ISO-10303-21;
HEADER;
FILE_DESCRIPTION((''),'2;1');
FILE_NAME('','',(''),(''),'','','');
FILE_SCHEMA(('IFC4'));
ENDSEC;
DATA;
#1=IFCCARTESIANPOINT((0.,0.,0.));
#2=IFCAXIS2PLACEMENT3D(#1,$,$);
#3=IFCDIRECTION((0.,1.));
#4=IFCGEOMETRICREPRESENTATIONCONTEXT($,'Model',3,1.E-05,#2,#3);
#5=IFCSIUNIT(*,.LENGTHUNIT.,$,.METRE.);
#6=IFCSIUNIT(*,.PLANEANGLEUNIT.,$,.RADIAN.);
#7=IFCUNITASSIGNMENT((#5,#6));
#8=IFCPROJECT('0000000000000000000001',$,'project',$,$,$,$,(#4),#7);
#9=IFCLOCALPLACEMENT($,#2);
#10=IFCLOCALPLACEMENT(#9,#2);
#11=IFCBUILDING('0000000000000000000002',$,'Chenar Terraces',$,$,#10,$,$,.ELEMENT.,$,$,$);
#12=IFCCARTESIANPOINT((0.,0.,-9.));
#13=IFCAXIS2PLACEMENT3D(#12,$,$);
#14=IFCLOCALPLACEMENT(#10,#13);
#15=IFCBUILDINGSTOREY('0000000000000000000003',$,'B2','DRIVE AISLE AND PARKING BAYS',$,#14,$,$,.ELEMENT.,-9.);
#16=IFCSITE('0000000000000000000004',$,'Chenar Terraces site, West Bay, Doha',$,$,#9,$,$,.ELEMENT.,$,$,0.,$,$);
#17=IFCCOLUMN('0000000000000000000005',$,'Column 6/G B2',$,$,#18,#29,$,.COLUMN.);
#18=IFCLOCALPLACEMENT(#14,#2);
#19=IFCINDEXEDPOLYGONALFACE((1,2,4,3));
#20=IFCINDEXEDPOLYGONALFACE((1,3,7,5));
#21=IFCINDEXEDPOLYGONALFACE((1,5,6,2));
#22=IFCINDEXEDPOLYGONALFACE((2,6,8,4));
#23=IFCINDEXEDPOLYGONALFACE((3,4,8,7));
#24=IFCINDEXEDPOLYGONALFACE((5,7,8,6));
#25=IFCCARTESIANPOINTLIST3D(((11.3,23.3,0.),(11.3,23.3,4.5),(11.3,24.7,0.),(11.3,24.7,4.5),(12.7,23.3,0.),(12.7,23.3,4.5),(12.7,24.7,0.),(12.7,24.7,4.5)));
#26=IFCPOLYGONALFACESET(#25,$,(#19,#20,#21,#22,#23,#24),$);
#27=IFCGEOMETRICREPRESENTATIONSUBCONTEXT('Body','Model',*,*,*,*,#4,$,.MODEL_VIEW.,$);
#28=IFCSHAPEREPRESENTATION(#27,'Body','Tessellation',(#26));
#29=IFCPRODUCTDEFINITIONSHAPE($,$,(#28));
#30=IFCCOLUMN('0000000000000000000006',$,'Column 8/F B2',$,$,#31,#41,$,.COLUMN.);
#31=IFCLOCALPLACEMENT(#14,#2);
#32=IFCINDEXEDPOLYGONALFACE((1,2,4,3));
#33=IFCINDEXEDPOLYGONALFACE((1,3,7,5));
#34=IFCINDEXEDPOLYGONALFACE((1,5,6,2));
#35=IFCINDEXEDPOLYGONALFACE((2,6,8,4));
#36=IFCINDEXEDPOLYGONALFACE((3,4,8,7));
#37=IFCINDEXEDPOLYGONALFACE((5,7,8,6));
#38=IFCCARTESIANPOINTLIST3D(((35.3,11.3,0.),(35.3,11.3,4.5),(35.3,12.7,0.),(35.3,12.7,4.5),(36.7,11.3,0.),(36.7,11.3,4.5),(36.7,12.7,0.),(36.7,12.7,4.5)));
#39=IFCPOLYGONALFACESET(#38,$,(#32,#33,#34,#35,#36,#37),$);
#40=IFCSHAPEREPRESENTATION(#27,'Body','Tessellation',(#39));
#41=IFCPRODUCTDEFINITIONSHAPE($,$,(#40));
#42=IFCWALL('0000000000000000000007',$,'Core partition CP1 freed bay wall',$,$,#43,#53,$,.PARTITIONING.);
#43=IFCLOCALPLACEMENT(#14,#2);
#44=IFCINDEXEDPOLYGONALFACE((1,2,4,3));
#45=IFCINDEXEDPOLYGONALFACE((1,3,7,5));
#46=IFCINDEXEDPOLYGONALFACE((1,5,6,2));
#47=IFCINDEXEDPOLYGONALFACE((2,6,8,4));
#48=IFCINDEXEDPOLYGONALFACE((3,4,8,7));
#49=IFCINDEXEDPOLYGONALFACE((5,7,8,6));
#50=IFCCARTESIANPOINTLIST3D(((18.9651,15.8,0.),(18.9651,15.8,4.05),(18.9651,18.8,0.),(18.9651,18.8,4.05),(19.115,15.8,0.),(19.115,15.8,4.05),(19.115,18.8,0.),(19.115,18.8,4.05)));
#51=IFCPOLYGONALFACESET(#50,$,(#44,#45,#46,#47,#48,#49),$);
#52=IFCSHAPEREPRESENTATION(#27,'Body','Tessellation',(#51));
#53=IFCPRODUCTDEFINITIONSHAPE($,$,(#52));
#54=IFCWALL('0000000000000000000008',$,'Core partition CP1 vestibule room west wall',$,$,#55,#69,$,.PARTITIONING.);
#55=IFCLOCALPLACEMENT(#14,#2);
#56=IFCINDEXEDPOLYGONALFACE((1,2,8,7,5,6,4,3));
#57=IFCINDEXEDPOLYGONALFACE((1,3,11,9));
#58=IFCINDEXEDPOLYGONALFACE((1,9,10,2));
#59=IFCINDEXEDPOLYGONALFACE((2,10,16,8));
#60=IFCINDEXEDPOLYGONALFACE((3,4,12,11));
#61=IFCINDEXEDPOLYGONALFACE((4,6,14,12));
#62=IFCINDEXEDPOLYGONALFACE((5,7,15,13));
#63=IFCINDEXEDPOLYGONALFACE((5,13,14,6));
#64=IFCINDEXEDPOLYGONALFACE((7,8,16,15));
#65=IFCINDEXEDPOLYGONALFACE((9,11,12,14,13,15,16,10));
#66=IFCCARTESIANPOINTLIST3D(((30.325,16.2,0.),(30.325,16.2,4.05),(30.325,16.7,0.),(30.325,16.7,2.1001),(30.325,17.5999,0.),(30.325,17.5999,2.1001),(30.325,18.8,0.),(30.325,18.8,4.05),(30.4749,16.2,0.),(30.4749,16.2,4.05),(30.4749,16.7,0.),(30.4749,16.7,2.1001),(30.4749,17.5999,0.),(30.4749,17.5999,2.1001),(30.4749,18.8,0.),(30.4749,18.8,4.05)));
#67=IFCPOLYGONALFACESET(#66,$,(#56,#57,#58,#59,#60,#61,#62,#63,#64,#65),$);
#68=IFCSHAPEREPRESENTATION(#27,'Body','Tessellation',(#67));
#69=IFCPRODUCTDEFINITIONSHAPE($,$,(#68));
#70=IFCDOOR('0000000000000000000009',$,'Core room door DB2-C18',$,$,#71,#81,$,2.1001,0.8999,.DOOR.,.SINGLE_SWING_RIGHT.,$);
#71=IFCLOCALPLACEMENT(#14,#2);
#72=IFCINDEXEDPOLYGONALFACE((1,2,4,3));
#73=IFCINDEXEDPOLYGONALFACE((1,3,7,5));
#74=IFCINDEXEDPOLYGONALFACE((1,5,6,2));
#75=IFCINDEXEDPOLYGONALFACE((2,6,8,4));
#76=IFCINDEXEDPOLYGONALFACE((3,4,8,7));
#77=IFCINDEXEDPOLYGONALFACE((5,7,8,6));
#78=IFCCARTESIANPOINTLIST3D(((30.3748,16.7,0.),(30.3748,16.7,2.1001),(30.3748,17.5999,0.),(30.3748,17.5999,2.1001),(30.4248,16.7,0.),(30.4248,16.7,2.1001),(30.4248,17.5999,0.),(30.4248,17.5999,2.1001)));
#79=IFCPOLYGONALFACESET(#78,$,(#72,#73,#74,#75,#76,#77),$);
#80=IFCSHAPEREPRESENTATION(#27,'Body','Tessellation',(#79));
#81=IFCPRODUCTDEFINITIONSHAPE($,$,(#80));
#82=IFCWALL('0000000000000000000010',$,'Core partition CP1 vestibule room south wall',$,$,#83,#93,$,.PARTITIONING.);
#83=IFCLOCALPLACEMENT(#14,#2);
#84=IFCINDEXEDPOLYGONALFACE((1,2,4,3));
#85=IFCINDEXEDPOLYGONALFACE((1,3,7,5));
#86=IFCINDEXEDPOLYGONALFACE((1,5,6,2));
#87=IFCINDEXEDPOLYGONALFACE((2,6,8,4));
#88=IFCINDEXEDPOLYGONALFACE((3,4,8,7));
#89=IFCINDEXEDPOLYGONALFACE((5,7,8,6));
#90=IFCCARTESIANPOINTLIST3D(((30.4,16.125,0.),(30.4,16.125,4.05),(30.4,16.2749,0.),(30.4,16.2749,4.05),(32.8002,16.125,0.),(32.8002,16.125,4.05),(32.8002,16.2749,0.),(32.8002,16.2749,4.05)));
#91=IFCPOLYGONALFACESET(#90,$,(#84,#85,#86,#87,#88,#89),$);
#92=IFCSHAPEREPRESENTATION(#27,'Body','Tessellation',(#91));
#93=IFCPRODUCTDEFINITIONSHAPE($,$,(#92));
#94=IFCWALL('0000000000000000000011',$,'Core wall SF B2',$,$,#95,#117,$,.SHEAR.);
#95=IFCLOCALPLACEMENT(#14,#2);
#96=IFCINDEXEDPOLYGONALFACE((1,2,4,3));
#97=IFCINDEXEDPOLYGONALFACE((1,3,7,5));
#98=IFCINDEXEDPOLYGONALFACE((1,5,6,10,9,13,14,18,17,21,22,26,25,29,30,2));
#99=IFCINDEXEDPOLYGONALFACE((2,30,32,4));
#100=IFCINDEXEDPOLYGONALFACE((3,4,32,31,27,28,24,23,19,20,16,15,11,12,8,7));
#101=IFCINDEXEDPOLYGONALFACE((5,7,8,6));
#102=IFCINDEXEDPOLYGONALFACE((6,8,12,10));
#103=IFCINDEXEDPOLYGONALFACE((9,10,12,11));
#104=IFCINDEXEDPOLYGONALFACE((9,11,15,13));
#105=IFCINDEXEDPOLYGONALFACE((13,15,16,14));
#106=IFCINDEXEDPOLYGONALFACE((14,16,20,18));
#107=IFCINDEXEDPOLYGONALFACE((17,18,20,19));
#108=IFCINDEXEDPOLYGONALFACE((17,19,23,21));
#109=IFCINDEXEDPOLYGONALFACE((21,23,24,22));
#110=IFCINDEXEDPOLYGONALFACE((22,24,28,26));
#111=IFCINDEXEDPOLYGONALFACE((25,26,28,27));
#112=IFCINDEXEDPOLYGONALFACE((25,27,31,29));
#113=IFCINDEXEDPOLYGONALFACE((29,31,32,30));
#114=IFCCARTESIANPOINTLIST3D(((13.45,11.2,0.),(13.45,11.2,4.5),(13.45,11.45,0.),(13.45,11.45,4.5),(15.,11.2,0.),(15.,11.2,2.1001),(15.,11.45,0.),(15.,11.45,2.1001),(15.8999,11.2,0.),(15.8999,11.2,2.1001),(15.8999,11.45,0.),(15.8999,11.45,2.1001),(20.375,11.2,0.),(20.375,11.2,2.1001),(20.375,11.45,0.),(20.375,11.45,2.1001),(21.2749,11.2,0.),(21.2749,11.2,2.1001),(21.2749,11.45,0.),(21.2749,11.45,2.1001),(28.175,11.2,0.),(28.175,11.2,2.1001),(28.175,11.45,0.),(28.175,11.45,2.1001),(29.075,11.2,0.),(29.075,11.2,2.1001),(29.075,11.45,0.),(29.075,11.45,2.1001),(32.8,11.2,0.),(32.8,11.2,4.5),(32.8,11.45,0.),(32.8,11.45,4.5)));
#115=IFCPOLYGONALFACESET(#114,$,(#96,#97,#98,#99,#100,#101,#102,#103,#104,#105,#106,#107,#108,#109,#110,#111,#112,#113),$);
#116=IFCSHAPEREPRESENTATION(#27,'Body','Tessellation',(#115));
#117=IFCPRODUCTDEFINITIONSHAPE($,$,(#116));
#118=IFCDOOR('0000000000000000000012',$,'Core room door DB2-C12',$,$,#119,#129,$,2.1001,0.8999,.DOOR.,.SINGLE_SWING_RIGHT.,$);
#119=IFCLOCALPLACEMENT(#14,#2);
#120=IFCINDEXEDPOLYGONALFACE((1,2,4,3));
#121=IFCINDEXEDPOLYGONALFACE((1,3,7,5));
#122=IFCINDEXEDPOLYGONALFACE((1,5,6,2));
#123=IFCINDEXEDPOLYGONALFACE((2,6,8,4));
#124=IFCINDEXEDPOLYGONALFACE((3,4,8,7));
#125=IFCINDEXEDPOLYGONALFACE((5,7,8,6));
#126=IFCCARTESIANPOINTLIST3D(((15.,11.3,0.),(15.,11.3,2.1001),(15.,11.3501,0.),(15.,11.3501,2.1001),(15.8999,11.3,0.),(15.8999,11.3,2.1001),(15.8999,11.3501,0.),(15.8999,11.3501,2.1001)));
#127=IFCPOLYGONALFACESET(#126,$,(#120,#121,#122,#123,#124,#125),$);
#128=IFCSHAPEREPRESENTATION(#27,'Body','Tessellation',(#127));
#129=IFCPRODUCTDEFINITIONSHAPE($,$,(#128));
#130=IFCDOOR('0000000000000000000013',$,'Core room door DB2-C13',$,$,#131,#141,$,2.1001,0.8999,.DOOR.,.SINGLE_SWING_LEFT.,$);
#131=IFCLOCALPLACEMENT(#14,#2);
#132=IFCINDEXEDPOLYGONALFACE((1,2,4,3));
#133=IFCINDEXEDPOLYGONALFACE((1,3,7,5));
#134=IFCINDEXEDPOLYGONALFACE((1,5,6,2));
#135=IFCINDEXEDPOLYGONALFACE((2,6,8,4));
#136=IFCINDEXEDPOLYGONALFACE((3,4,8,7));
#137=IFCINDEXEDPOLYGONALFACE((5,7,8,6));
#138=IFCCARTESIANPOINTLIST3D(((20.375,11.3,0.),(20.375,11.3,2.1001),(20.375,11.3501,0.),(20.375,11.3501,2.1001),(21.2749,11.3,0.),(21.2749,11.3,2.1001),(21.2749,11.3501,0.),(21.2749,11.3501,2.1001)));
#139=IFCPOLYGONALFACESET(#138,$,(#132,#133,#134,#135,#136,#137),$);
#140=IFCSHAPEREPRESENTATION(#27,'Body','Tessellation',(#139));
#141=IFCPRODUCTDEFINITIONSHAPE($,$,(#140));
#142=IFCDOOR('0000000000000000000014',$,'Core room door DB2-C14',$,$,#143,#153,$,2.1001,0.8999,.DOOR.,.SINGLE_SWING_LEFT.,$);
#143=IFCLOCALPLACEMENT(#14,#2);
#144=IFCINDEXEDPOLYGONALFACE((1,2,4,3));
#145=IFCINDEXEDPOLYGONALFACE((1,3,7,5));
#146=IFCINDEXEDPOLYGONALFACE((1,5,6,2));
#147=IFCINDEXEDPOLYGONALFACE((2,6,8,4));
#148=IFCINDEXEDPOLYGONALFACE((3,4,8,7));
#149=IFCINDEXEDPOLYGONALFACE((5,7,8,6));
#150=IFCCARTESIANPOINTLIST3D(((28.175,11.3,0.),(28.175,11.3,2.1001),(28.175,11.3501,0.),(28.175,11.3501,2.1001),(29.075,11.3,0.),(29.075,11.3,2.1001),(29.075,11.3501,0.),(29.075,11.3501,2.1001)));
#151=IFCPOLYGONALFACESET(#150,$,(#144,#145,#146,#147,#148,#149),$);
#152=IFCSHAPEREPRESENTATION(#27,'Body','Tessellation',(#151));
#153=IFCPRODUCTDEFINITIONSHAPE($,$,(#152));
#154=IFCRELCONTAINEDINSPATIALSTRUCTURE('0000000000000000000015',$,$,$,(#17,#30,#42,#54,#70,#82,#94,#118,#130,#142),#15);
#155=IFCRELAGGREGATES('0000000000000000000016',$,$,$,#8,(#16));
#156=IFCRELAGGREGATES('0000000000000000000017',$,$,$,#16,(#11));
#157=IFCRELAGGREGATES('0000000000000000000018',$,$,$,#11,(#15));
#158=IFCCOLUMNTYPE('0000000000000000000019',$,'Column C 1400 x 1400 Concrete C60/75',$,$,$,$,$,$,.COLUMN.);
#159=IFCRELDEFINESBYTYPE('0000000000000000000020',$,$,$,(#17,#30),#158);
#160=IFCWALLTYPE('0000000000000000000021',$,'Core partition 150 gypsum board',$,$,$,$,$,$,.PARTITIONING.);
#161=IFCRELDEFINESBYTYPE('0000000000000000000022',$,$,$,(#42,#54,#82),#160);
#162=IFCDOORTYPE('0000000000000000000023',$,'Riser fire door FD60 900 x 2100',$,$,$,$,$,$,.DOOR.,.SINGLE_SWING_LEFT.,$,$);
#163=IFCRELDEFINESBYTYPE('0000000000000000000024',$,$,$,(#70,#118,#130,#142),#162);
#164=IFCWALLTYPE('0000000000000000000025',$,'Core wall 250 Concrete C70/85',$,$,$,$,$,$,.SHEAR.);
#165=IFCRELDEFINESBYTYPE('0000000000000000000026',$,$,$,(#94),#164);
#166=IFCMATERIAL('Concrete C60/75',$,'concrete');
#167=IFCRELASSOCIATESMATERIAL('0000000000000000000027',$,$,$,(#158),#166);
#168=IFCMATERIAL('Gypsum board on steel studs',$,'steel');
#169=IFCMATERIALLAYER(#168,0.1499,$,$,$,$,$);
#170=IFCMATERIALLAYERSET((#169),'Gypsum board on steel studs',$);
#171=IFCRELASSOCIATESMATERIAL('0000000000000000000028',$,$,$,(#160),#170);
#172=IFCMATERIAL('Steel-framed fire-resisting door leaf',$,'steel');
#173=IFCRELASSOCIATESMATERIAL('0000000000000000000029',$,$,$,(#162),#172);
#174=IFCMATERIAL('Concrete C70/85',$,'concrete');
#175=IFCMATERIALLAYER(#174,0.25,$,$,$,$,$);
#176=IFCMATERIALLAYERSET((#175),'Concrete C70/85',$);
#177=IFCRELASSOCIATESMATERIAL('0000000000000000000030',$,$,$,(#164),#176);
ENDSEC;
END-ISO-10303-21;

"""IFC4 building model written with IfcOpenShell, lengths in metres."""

from ifc_helpers import new_model, si_unit, direction, frame, frame_2d, origin, origin_2d, place, context, subcontext, project, spatial, rectangle, extrude, material, layer, layer_set, material_profile, profile_set, type_object, element, fill, save


model = new_model("IFC4")

# Units and contexts
model_context = context("Model", 3, precision=1e-05, world=origin(), true_north=direction((0.0, 1.0)))
body_context = subcontext(model_context, "Body", "Model", "MODEL_VIEW")
ifc_project = project(units=[si_unit("LENGTHUNIT", "METRE"), si_unit("PLANEANGLEUNIT", "RADIAN")], contexts=[model_context])

# Site, building, storey
site_placement = place(None, origin())
site = spatial("IfcSite", under=ifc_project, at=site_placement, Name="Chenar Terraces site, West Bay, Doha", CompositionType="ELEMENT", RefElevation=0.0)
building_placement = place(site_placement, origin())
building = spatial("IfcBuilding", under=site, at=building_placement, Name="Chenar Terraces", CompositionType="ELEMENT")
storey_placement = place(building_placement, frame((0.0, 0.0, -9.0)))
storey = spatial("IfcBuildingStorey", under=building, at=storey_placement, Name="B2", Description="DRIVE AISLE AND PARKING BAYS", CompositionType="ELEMENT", Elevation=-9.0)

# Columns
ifc_material_1 = material(Name="Concrete C60/75", Category="concrete")
ifc_material_profile = material_profile(ifc_material_1, rectangle(XDim=1.3999, YDim=1.3999, at=origin_2d()), Name="C 1400 x 1400")
ifc_profile_set = profile_set([ifc_material_profile], Name="Concrete C60/75")
column_type = type_object("IfcColumnType", Name="Column C 1400 x 1400 Concrete C60/75", PredefinedType="COLUMN", material=ifc_profile_set)
for number, where, z_axis, x_axis, name in (
    (1, (12.0, 24.0, 0.0), (0.0, 0.0, 1.0), (1.0, 0.0, 0.0), "Column 6/G B2"),
    (2, (36.0, 12.0, 0.0), (0.0, 0.0, 1.0), (1.0, 0.0, 0.0), "Column 8/F B2"),
):
    element("IfcColumn", number, at=place(storey_placement, frame(where, z_axis=z_axis, x_axis=x_axis)), inside=storey, type_object=column_type, Name=name, PredefinedType="COLUMN", context=body_context, shape_type="SweptSolid", body=[
        extrude(rectangle(XDim=1.3999, YDim=1.3999, at=origin_2d()), origin(), (0.0, 0.0, 1.0), 4.5),
    ])

# Wall
ifc_material_2 = material(Name="Gypsum board on steel studs", Category="steel")
ifc_layer_1 = layer(ifc_material_2, 0.1499)
ifc_layer_set_1 = layer_set([ifc_layer_1], Name="Gypsum board on steel studs")
wall_type_1 = type_object("IfcWallType", Name="Core partition 150 gypsum board", PredefinedType="PARTITIONING", material=ifc_layer_set_1)
wall_1_placement = place(storey_placement, frame((19.04, 15.8, 0.0), z_axis=(0.0, 0.0, 1.0), x_axis=(0.0, 1.0, 0.0)))
element("IfcWall", 3, at=wall_1_placement, inside=storey, type_object=wall_type_1, Name="Core partition CP1 freed bay wall", PredefinedType="PARTITIONING", context=body_context, shape_type="SweptSolid", body=[
    extrude(rectangle(XDim=3.0, YDim=0.1499, at=frame_2d((1.5, 0.0))), origin(), (0.0, 0.0, 1.0), 4.05),
])

# Wall, opening, door
wall_2_placement = place(storey_placement, frame((30.3999, 16.2, 0.0), z_axis=(0.0, 0.0, 1.0), x_axis=(0.0, 1.0, 0.0)))
wall_2 = element("IfcWall", 4, at=wall_2_placement, inside=storey, type_object=wall_type_1, Name="Core partition CP1 vestibule room west wall", PredefinedType="PARTITIONING", context=body_context, shape_type="SweptSolid", body=[
    extrude(rectangle(XDim=2.6001, YDim=0.1499, at=frame_2d((1.3, 0.0))), origin(), (0.0, 0.0, 1.0), 4.05),
])
opening_1_placement = place(wall_2_placement, frame((0.5, 0.0, 0.0)))
opening_1 = element("IfcOpeningElement", 5, at=opening_1_placement, cuts=wall_2, PredefinedType="OPENING", context=body_context, shape_type="SweptSolid", body=[
    extrude(rectangle(XDim=0.8999, YDim=2.1001, at=frame_2d((0.45, 1.05))), frame((0.0, 0.085, 0.0), z_axis=(0.0, -1.0, 0.0), x_axis=(1.0, 0.0, 0.0)), (0.0, 0.0, 1.0), 0.1699),
])
ifc_material_3 = material(Name="Steel-framed fire-resisting door leaf", Category="steel")
door_type_1 = type_object("IfcDoorType", Name="Riser fire door FD60 900 x 2100", OperationType="SINGLE_SWING_LEFT", PredefinedType="DOOR", material=ifc_material_3)
door_1_placement = place(opening_1_placement, frame((0.8999, 0.0, 0.0), z_axis=(0.0, 0.0, 1.0), x_axis=(-1.0, 0.0, 0.0)))
door_1 = element("IfcDoor", 6, at=door_1_placement, inside=storey, type_object=door_type_1, Name="Core room door DB2-C18", OperationType="SINGLE_SWING_RIGHT", OverallHeight=2.1001, OverallWidth=0.8999, PredefinedType="DOOR", context=body_context, shape_type="SweptSolid", body=[
    extrude(rectangle(XDim=0.8999, YDim=2.1001, at=frame_2d((0.45, 1.05))), frame((0.0, 0.0249, 0.0), z_axis=(0.0, -1.0, 0.0), x_axis=(1.0, 0.0, 0.0)), (0.0, 0.0, 1.0), 0.05),
])
fill(opening_1, door_1)

# Wall
wall_3_placement = place(storey_placement, frame((30.3999, 16.2, 0.0), z_axis=(0.0, 0.0, 1.0), x_axis=(1.0, 0.0, 0.0)))
element("IfcWall", 7, at=wall_3_placement, inside=storey, type_object=wall_type_1, Name="Core partition CP1 vestibule room south wall", PredefinedType="PARTITIONING", context=body_context, shape_type="SweptSolid", body=[
    extrude(rectangle(XDim=2.4001, YDim=0.1499, at=frame_2d((1.2002, 0.0))), origin(), (0.0, 0.0, 1.0), 4.05),
])

# Wall, openings, doors
ifc_material_4 = material(Name="Concrete C70/85", Category="concrete")
ifc_layer_2 = layer(ifc_material_4, 0.25)
ifc_layer_set_2 = layer_set([ifc_layer_2], Name="Concrete C70/85")
wall_type_2 = type_object("IfcWallType", Name="Core wall 250 Concrete C70/85", PredefinedType="SHEAR", material=ifc_layer_set_2)
wall_4_placement = place(storey_placement, frame((13.45, 11.325, 0.0), z_axis=(0.0, 0.0, 1.0), x_axis=(1.0, 0.0, 0.0)))
wall_4 = element("IfcWall", 8, at=wall_4_placement, inside=storey, type_object=wall_type_2, Name="Core wall SF B2", PredefinedType="SHEAR", context=body_context, shape_type="SweptSolid", body=[
    extrude(rectangle(XDim=19.3501, YDim=0.25, at=frame_2d((9.675, 0.0))), origin(), (0.0, 0.0, 1.0), 4.5),
])
opening_2_placement = place(wall_4_placement, frame((1.55, 0.0, 0.0)))
opening_2 = element("IfcOpeningElement", 9, at=opening_2_placement, cuts=wall_4, PredefinedType="OPENING", context=body_context, shape_type="SweptSolid", body=[
    extrude(rectangle(XDim=0.8999, YDim=2.1001, at=frame_2d((0.45, 1.05))), frame((0.0, 0.135, 0.0), z_axis=(0.0, -1.0, 0.0), x_axis=(1.0, 0.0, 0.0)), (0.0, 0.0, 1.0), 0.27),
])
opening_3_placement = place(wall_4_placement, frame((6.925, 0.0, 0.0)))
opening_3 = element("IfcOpeningElement", 10, at=opening_3_placement, cuts=wall_4, PredefinedType="OPENING", context=body_context, shape_type="SweptSolid", body=[
    extrude(rectangle(XDim=0.8999, YDim=2.1001, at=frame_2d((0.45, 1.05))), frame((0.0, 0.135, 0.0), z_axis=(0.0, -1.0, 0.0), x_axis=(1.0, 0.0, 0.0)), (0.0, 0.0, 1.0), 0.27),
])
opening_4_placement = place(wall_4_placement, frame((14.7251, 0.0, 0.0)))
opening_4 = element("IfcOpeningElement", 11, at=opening_4_placement, cuts=wall_4, PredefinedType="OPENING", context=body_context, shape_type="SweptSolid", body=[
    extrude(rectangle(XDim=0.8999, YDim=2.1001, at=frame_2d((0.45, 1.05))), frame((0.0, 0.135, 0.0), z_axis=(0.0, -1.0, 0.0), x_axis=(1.0, 0.0, 0.0)), (0.0, 0.0, 1.0), 0.27),
])
door_2_placement = place(opening_2_placement, frame((0.8999, 0.0, 0.0), z_axis=(0.0, 0.0, 1.0), x_axis=(-1.0, 0.0, 0.0)))
door_2 = element("IfcDoor", 12, at=door_2_placement, inside=storey, type_object=door_type_1, Name="Core room door DB2-C12", OperationType="SINGLE_SWING_RIGHT", OverallHeight=2.1001, OverallWidth=0.8999, PredefinedType="DOOR", context=body_context, shape_type="SweptSolid", body=[
    extrude(rectangle(XDim=0.8999, YDim=2.1001, at=frame_2d((0.45, 1.05))), frame((0.0, 0.0249, 0.0), z_axis=(0.0, -1.0, 0.0), x_axis=(1.0, 0.0, 0.0)), (0.0, 0.0, 1.0), 0.05),
])
fill(opening_2, door_2)
door_3_placement = place(opening_3_placement, frame((0.8999, 0.0, 0.0), z_axis=(0.0, 0.0, 1.0), x_axis=(-1.0, 0.0, 0.0)))
door_3 = element("IfcDoor", 13, at=door_3_placement, inside=storey, type_object=door_type_1, Name="Core room door DB2-C13", OperationType="SINGLE_SWING_LEFT", OverallHeight=2.1001, OverallWidth=0.8999, PredefinedType="DOOR", context=body_context, shape_type="SweptSolid", body=[
    extrude(rectangle(XDim=0.8999, YDim=2.1001, at=frame_2d((0.45, 1.05))), frame((0.0, 0.0249, 0.0), z_axis=(0.0, -1.0, 0.0), x_axis=(1.0, 0.0, 0.0)), (0.0, 0.0, 1.0), 0.05),
])
fill(opening_3, door_3)
door_4_placement = place(opening_4_placement, frame((0.8999, 0.0, 0.0), z_axis=(0.0, 0.0, 1.0), x_axis=(-1.0, 0.0, 0.0)))
door_4 = element("IfcDoor", 14, at=door_4_placement, inside=storey, type_object=door_type_1, Name="Core room door DB2-C14", OperationType="SINGLE_SWING_LEFT", OverallHeight=2.1001, OverallWidth=0.8999, PredefinedType="DOOR", context=body_context, shape_type="SweptSolid", body=[
    extrude(rectangle(XDim=0.8999, YDim=2.1001, at=frame_2d((0.45, 1.05))), frame((0.0, 0.0249, 0.0), z_axis=(0.0, -1.0, 0.0), x_axis=(1.0, 0.0, 0.0)), (0.0, 0.0, 1.0), 0.05),
])
fill(opening_4, door_4)

save(model, "model.ifc")
